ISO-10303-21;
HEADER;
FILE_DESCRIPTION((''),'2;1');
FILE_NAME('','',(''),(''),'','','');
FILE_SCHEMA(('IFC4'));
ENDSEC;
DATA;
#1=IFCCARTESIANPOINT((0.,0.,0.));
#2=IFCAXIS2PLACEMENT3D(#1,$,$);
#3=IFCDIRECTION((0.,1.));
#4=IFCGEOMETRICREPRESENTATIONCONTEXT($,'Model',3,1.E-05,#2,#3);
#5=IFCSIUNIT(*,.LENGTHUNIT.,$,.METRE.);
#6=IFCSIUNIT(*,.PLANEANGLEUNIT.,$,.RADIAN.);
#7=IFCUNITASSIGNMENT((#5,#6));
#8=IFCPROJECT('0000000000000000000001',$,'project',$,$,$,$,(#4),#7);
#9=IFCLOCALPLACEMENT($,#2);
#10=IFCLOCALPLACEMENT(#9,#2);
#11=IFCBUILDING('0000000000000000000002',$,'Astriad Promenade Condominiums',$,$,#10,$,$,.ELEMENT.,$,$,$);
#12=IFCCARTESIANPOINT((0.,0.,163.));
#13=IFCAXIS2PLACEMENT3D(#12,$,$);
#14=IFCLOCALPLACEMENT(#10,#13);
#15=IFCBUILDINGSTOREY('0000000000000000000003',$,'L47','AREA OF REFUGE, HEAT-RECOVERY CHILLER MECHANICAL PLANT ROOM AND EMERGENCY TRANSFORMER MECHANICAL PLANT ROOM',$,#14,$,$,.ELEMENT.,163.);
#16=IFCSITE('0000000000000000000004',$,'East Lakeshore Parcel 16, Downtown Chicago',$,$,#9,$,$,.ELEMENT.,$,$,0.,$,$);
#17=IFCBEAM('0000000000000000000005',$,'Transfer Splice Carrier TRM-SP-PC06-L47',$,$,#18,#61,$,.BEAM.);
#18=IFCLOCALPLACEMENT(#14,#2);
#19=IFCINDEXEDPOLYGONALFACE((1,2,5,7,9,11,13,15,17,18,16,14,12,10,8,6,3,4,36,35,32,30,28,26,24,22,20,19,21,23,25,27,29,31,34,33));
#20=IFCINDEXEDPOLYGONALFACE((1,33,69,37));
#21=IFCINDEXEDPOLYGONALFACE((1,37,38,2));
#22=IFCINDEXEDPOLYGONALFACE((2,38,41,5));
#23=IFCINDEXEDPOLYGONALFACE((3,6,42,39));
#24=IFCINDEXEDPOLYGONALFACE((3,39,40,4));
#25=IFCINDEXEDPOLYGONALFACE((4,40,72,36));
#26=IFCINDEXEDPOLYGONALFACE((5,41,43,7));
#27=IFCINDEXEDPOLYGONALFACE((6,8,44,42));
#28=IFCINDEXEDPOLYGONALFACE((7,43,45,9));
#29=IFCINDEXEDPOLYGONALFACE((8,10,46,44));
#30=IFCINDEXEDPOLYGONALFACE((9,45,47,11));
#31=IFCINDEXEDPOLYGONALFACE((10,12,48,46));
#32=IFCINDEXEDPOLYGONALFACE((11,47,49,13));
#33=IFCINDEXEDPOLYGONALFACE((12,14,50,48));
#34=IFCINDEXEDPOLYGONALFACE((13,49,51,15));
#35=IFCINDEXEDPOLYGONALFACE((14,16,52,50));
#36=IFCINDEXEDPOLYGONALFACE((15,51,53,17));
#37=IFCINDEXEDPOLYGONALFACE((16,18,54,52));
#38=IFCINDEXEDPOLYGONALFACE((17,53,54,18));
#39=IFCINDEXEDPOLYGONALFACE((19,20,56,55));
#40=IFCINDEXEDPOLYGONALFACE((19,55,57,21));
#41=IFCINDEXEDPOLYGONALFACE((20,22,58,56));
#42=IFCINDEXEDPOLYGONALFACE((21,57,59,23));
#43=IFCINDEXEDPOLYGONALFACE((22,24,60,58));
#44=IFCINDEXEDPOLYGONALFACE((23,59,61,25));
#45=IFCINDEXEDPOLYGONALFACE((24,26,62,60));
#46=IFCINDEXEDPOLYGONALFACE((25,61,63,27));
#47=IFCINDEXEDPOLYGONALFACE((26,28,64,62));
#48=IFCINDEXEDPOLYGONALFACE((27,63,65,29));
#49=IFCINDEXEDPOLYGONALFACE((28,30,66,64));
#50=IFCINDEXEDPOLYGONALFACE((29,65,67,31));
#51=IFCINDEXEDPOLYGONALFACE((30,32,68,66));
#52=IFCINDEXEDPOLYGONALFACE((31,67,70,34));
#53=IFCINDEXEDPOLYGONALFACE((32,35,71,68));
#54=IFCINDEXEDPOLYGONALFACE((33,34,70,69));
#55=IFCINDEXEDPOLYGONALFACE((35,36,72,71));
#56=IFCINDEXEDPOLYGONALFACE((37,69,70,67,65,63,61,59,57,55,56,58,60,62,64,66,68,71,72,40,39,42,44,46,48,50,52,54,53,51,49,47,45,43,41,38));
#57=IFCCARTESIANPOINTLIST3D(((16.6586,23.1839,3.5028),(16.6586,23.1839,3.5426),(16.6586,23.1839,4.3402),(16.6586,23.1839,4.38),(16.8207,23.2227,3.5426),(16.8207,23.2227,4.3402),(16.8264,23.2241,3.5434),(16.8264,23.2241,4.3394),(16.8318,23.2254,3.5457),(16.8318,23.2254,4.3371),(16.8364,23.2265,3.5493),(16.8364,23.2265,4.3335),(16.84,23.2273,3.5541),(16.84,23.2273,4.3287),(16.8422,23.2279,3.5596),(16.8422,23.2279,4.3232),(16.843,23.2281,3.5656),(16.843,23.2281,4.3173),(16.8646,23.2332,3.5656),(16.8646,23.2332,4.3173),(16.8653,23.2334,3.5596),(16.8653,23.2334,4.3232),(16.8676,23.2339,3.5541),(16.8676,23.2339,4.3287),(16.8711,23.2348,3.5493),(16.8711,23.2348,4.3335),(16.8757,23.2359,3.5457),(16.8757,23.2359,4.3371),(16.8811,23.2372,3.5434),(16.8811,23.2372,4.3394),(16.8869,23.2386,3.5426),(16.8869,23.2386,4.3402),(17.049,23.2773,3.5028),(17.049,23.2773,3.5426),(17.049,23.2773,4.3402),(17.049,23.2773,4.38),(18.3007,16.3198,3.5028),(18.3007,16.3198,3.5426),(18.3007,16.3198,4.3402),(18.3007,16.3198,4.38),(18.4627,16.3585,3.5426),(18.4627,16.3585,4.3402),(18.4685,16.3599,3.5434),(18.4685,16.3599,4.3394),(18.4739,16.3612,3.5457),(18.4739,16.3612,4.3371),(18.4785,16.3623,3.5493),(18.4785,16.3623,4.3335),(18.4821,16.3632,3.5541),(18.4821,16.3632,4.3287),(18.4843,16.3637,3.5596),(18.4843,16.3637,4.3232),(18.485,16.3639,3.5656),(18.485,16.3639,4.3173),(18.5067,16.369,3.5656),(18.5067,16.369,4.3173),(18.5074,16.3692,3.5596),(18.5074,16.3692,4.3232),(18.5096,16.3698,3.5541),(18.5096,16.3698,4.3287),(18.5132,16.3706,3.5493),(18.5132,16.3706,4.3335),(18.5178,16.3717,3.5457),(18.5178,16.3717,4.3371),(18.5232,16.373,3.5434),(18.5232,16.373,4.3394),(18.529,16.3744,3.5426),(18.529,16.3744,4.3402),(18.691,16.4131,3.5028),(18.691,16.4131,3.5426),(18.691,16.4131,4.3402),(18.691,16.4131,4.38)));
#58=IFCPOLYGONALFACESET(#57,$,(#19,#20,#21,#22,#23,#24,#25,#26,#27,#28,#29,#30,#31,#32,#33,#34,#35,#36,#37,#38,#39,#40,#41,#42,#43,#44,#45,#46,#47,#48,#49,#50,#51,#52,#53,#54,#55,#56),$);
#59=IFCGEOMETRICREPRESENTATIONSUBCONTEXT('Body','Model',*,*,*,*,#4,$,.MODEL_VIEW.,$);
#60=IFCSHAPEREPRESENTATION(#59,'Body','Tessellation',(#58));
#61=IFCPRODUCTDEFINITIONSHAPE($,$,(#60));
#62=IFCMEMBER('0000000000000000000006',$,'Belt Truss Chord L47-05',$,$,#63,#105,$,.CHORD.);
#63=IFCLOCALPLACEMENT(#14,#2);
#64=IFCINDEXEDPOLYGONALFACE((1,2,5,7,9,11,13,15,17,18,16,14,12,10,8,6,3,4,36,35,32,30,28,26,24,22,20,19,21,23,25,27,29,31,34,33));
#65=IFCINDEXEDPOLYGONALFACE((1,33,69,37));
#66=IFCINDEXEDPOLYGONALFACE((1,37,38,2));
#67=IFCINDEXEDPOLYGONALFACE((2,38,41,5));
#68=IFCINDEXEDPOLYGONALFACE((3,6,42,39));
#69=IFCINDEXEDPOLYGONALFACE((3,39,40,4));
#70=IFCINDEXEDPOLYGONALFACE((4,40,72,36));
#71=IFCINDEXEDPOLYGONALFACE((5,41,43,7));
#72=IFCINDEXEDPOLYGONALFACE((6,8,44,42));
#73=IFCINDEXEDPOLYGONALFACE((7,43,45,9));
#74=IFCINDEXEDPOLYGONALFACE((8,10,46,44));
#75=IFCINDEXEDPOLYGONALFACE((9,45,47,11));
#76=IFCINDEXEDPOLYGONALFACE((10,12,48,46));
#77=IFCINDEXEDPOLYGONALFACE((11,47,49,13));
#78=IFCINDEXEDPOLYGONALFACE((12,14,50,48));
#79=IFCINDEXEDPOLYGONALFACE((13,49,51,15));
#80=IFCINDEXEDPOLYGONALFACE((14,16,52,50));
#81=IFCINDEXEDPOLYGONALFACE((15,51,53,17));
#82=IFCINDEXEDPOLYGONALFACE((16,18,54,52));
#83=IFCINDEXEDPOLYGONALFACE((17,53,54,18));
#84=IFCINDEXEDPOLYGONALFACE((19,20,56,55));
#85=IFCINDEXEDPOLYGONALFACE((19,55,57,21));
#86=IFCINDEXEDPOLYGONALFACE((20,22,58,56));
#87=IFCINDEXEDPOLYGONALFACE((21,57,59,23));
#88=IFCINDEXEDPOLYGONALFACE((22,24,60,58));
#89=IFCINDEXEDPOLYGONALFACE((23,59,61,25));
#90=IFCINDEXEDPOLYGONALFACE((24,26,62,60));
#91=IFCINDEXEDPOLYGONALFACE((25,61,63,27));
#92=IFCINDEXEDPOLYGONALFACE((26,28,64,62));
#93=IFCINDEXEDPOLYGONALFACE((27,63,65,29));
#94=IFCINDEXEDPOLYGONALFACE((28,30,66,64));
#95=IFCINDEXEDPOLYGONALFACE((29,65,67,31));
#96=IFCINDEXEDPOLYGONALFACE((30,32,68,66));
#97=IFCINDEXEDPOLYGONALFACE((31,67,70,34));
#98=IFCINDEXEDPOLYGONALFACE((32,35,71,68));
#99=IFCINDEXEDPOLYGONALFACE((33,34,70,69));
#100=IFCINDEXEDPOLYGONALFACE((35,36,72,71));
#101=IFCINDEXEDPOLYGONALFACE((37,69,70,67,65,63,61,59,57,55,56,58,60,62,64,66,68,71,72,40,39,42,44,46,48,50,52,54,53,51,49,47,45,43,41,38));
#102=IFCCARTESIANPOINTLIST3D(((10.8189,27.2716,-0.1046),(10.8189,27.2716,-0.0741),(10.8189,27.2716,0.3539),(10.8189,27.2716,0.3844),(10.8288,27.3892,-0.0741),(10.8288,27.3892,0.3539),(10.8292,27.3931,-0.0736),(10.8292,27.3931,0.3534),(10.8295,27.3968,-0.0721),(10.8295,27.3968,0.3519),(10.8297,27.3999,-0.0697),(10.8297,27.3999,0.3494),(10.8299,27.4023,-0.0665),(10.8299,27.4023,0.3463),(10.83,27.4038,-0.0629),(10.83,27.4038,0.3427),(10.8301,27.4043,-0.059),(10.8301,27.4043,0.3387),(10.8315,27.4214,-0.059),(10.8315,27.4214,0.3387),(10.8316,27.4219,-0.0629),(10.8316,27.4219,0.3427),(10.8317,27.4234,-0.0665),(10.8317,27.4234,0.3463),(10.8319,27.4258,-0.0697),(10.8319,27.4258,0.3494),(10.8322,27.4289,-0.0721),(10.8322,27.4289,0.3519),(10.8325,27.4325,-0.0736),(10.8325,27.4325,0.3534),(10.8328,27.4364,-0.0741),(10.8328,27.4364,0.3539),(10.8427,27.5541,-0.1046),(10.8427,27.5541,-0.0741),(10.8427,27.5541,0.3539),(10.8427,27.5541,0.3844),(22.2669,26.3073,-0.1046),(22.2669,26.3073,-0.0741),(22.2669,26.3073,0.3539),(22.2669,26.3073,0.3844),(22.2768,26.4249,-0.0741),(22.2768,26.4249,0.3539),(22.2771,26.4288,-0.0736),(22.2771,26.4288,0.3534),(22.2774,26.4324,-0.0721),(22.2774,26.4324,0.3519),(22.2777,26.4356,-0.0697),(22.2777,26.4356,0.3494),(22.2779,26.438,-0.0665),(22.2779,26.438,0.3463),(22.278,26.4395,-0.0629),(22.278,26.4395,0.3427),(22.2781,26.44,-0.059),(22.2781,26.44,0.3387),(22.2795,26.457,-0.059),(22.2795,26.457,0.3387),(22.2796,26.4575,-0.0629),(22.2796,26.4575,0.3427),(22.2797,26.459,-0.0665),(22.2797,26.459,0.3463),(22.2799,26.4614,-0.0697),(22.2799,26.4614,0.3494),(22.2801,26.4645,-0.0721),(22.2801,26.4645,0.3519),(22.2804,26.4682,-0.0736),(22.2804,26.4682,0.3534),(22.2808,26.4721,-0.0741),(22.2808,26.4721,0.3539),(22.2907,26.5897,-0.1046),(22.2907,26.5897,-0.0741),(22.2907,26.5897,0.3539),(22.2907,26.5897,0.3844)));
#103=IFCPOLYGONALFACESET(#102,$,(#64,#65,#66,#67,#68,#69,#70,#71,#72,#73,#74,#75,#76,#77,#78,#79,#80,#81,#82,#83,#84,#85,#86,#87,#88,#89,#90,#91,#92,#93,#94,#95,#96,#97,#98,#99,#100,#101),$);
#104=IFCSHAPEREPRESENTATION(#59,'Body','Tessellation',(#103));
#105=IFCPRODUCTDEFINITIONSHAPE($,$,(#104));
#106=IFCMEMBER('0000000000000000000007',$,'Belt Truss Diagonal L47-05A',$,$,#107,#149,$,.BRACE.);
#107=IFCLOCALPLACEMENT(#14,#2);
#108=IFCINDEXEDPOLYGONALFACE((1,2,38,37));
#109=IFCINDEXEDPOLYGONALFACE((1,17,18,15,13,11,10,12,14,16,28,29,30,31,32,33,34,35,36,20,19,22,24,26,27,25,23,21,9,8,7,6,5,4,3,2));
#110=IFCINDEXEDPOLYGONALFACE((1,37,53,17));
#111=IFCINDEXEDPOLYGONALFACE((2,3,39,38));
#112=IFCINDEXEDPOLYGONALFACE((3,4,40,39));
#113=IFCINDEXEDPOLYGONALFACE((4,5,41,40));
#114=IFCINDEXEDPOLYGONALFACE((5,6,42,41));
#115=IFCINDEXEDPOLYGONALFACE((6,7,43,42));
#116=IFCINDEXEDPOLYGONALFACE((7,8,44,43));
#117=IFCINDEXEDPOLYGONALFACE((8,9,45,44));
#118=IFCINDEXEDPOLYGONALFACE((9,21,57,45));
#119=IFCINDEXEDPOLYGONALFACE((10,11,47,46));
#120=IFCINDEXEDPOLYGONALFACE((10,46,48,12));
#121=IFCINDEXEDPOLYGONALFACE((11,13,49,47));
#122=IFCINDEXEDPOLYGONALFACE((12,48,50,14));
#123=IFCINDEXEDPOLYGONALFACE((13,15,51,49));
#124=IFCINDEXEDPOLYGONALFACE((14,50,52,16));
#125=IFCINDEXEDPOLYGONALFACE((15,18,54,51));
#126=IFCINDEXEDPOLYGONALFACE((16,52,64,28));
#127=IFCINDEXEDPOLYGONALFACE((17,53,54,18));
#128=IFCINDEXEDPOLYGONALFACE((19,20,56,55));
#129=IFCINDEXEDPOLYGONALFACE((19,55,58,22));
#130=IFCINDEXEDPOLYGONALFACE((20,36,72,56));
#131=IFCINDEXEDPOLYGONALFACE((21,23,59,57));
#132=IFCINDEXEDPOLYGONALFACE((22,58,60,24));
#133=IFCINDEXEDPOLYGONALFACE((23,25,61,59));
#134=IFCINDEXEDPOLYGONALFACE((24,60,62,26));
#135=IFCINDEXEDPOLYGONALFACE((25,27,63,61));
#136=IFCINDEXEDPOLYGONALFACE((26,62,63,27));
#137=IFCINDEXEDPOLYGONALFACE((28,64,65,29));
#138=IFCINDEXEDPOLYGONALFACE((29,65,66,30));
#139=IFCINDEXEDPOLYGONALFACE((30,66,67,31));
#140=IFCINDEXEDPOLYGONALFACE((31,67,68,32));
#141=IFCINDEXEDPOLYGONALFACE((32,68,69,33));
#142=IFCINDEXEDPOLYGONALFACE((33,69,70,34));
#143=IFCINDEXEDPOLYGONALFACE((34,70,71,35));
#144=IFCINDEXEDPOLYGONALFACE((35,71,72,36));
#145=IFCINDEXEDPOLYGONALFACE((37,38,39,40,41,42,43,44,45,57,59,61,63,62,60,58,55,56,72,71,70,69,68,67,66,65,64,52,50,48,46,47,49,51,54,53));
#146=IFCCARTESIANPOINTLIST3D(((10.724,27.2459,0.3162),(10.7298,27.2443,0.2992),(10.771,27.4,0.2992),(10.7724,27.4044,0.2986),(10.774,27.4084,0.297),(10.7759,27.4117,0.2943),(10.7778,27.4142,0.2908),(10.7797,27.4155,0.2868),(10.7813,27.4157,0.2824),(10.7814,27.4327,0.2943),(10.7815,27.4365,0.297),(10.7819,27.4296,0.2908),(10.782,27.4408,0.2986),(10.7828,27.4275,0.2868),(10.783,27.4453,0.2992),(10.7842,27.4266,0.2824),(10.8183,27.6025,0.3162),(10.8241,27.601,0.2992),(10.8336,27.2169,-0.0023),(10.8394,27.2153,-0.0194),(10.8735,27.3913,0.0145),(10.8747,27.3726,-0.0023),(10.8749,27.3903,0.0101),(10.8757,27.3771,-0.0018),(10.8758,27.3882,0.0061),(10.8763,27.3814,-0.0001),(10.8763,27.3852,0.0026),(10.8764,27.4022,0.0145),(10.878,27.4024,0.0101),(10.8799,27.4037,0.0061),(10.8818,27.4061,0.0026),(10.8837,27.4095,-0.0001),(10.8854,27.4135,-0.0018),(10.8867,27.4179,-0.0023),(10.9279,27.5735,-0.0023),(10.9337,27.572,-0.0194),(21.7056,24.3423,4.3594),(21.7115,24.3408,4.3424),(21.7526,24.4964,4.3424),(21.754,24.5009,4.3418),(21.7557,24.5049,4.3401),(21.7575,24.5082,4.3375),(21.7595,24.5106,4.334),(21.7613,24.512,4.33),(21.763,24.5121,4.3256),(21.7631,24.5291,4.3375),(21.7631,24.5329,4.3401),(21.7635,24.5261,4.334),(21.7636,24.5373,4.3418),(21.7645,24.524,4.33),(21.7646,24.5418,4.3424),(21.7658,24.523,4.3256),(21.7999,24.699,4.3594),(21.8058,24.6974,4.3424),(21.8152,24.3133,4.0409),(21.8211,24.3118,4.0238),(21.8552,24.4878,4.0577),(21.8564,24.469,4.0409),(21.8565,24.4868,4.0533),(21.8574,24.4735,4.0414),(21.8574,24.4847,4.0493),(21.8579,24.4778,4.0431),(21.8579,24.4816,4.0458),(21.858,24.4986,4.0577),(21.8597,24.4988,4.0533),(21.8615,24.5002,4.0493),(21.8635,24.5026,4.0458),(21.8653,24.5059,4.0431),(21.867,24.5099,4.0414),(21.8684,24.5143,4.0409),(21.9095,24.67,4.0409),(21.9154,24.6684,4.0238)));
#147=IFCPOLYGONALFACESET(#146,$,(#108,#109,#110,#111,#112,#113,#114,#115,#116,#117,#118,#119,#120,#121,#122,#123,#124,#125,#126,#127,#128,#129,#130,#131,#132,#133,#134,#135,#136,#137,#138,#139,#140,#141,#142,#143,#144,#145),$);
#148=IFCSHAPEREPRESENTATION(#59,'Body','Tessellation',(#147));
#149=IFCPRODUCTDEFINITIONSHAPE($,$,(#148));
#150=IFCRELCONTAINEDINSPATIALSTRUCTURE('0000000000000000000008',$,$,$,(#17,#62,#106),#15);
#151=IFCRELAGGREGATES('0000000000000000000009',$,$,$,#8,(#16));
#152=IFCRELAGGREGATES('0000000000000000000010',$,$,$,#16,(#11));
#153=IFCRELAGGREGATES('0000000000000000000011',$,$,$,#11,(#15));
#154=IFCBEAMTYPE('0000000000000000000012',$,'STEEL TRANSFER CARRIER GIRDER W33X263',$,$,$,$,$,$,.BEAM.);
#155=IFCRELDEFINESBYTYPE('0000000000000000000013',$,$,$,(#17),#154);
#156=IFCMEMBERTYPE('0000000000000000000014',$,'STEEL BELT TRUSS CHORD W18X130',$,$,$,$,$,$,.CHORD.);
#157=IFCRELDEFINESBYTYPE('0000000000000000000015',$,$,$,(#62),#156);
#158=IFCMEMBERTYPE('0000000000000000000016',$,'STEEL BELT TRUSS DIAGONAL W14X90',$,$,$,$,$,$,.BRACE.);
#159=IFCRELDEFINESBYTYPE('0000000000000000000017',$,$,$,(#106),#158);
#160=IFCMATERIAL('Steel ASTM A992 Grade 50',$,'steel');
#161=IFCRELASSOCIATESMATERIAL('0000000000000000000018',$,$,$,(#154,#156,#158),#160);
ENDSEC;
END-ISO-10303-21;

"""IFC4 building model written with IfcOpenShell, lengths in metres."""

from ifc_helpers import new_model, si_unit, direction, frame, origin, origin_2d, place, context, subcontext, project, spatial, i_section, extrude, source, transform, mapped, material, material_profile, profile_set, type_object, type_shapes, element, save


model = new_model("IFC4")

# Units and contexts
model_context = context("Model", 3, precision=1e-05, world=origin(), true_north=direction((0.0, 1.0)))
body_context = subcontext(model_context, "Body", "Model", "MODEL_VIEW")
ifc_project = project(units=[si_unit("LENGTHUNIT", "METRE"), si_unit("PLANEANGLEUNIT", "RADIAN")], contexts=[model_context])

# Site, building, storey
site_placement = place(None, origin())
site = spatial("IfcSite", under=ifc_project, at=site_placement, Name="East Lakeshore Parcel 16, Downtown Chicago", CompositionType="ELEMENT", RefElevation=0.0)
building_placement = place(site_placement, origin())
building = spatial("IfcBuilding", under=site, at=building_placement, Name="Astriad Promenade Condominiums", CompositionType="ELEMENT")
storey_placement = place(building_placement, frame((0.0, 0.0, 163.0)))
storey = spatial("IfcBuildingStorey", under=building, at=storey_placement, Name="L47", Description="AREA OF REFUGE, HEAT-RECOVERY CHILLER MECHANICAL PLANT ROOM AND EMERGENCY TRANSFORMER MECHANICAL PLANT ROOM", CompositionType="ELEMENT", Elevation=163.0)

# Shared definitions
ifc_material_1 = material(Name="Steel ASTM A992 Grade 50", Category="steel")

# Beam
ifc_material_profile_1 = material_profile(ifc_material_1, i_section(OverallWidth=0.4014, OverallDepth=0.8772, WebThickness=0.0222, FlangeThickness=0.0398, FilletRadius=0.0229, at=origin_2d()), Name="W33X263")
ifc_profile_set_1 = profile_set([ifc_material_profile_1], Name="Steel ASTM A992 Grade 50")
beam_type_1 = type_object("IfcBeamType", Name="STEEL TRANSFER CARRIER GIRDER W33X263", PredefinedType="BEAM", material=ifc_profile_set_1)
shared_shape_1 = source(origin(), body_context, "Body", "SweptSolid", [
    extrude(i_section(OverallWidth=0.4014, OverallDepth=0.8772, WebThickness=0.0222, FlangeThickness=0.0398, FilletRadius=0.0229, at=origin_2d()), origin(), (0.0, 0.0, 1.0), 7.0579),
])
type_shapes(beam_type_1, [shared_shape_1])
beam_1_placement = place(storey_placement, frame((18.4958, 16.3665, 3.9414), z_axis=(-0.232659, 0.972558, 0.0), x_axis=(-0.972558, -0.232659, 0.0)))
element("IfcBeam", 1, at=beam_1_placement, inside=storey, type_object=beam_type_1, Name="Transfer Splice Carrier TRM-SP-PC06-L47", PredefinedType="BEAM", context=body_context, shape_type="MappedRepresentation", body=[
    mapped(shared_shape_1, transform((0.0, 0.0, 0.0), scale=1.0)),
])

# Members
ifc_material_profile_2 = material_profile(ifc_material_1, i_section(OverallWidth=0.2834, OverallDepth=0.489, WebThickness=0.0171, FlangeThickness=0.0305, FilletRadius=0.0151, at=origin_2d()), Name="W18X130")
ifc_profile_set_2 = profile_set([ifc_material_profile_2], Name="Steel ASTM A992 Grade 50")
member_type_1 = type_object("IfcMemberType", Name="STEEL BELT TRUSS CHORD W18X130", PredefinedType="CHORD", material=ifc_profile_set_2)
shared_shape_2 = source(origin(), body_context, "Body", "SweptSolid", [
    extrude(i_section(OverallWidth=0.2834, OverallDepth=0.489, WebThickness=0.0171, FlangeThickness=0.0305, FilletRadius=0.0151, at=origin_2d()), origin(), (0.0, 0.0, 1.0), 11.4885),
])
member_1_placement = place(storey_placement, frame((10.8308, 27.4128, 0.1399), z_axis=(0.996471, -0.083941, 0.0), x_axis=(0.083941, 0.996471, 0.0)))
element("IfcMember", 2, at=member_1_placement, inside=storey, type_object=member_type_1, Name="Belt Truss Chord L47-05", PredefinedType="CHORD", context=body_context, shape_type="MappedRepresentation", body=[
    mapped(shared_shape_2, transform((0.0, 0.0, 0.0), scale=1.0)),
])
ifc_material_profile_3 = material_profile(ifc_material_1, i_section(OverallWidth=0.3689, OverallDepth=0.3562, WebThickness=0.0112, FlangeThickness=0.0181, FilletRadius=0.0178, at=origin_2d()), Name="W14X90")
ifc_profile_set_3 = profile_set([ifc_material_profile_3], Name="Steel ASTM A992 Grade 50")
member_type_2 = type_object("IfcMemberType", Name="STEEL BELT TRUSS DIAGONAL W14X90", PredefinedType="BRACE", material=ifc_profile_set_3)
shared_shape_3 = source(origin(), body_context, "Body", "SweptSolid", [
    extrude(i_section(OverallWidth=0.3689, OverallDepth=0.3562, WebThickness=0.0112, FlangeThickness=0.0181, FilletRadius=0.0178, at=origin_2d()), origin(), (0.0, 0.0, 1.0), 12.0571),
])
member_2_placement = place(storey_placement, frame((10.8289, 27.4089, 0.1484), z_axis=(0.9108, -0.240816, 0.335336), x_axis=(0.255617, 0.966778, 0.0)))
element("IfcMember", 3, at=member_2_placement, inside=storey, type_object=member_type_2, Name="Belt Truss Diagonal L47-05A", PredefinedType="BRACE", context=body_context, shape_type="MappedRepresentation", body=[
    mapped(shared_shape_3, transform((0.0, 0.0, 0.0), scale=1.0)),
])

save(model, "model.ifc")
